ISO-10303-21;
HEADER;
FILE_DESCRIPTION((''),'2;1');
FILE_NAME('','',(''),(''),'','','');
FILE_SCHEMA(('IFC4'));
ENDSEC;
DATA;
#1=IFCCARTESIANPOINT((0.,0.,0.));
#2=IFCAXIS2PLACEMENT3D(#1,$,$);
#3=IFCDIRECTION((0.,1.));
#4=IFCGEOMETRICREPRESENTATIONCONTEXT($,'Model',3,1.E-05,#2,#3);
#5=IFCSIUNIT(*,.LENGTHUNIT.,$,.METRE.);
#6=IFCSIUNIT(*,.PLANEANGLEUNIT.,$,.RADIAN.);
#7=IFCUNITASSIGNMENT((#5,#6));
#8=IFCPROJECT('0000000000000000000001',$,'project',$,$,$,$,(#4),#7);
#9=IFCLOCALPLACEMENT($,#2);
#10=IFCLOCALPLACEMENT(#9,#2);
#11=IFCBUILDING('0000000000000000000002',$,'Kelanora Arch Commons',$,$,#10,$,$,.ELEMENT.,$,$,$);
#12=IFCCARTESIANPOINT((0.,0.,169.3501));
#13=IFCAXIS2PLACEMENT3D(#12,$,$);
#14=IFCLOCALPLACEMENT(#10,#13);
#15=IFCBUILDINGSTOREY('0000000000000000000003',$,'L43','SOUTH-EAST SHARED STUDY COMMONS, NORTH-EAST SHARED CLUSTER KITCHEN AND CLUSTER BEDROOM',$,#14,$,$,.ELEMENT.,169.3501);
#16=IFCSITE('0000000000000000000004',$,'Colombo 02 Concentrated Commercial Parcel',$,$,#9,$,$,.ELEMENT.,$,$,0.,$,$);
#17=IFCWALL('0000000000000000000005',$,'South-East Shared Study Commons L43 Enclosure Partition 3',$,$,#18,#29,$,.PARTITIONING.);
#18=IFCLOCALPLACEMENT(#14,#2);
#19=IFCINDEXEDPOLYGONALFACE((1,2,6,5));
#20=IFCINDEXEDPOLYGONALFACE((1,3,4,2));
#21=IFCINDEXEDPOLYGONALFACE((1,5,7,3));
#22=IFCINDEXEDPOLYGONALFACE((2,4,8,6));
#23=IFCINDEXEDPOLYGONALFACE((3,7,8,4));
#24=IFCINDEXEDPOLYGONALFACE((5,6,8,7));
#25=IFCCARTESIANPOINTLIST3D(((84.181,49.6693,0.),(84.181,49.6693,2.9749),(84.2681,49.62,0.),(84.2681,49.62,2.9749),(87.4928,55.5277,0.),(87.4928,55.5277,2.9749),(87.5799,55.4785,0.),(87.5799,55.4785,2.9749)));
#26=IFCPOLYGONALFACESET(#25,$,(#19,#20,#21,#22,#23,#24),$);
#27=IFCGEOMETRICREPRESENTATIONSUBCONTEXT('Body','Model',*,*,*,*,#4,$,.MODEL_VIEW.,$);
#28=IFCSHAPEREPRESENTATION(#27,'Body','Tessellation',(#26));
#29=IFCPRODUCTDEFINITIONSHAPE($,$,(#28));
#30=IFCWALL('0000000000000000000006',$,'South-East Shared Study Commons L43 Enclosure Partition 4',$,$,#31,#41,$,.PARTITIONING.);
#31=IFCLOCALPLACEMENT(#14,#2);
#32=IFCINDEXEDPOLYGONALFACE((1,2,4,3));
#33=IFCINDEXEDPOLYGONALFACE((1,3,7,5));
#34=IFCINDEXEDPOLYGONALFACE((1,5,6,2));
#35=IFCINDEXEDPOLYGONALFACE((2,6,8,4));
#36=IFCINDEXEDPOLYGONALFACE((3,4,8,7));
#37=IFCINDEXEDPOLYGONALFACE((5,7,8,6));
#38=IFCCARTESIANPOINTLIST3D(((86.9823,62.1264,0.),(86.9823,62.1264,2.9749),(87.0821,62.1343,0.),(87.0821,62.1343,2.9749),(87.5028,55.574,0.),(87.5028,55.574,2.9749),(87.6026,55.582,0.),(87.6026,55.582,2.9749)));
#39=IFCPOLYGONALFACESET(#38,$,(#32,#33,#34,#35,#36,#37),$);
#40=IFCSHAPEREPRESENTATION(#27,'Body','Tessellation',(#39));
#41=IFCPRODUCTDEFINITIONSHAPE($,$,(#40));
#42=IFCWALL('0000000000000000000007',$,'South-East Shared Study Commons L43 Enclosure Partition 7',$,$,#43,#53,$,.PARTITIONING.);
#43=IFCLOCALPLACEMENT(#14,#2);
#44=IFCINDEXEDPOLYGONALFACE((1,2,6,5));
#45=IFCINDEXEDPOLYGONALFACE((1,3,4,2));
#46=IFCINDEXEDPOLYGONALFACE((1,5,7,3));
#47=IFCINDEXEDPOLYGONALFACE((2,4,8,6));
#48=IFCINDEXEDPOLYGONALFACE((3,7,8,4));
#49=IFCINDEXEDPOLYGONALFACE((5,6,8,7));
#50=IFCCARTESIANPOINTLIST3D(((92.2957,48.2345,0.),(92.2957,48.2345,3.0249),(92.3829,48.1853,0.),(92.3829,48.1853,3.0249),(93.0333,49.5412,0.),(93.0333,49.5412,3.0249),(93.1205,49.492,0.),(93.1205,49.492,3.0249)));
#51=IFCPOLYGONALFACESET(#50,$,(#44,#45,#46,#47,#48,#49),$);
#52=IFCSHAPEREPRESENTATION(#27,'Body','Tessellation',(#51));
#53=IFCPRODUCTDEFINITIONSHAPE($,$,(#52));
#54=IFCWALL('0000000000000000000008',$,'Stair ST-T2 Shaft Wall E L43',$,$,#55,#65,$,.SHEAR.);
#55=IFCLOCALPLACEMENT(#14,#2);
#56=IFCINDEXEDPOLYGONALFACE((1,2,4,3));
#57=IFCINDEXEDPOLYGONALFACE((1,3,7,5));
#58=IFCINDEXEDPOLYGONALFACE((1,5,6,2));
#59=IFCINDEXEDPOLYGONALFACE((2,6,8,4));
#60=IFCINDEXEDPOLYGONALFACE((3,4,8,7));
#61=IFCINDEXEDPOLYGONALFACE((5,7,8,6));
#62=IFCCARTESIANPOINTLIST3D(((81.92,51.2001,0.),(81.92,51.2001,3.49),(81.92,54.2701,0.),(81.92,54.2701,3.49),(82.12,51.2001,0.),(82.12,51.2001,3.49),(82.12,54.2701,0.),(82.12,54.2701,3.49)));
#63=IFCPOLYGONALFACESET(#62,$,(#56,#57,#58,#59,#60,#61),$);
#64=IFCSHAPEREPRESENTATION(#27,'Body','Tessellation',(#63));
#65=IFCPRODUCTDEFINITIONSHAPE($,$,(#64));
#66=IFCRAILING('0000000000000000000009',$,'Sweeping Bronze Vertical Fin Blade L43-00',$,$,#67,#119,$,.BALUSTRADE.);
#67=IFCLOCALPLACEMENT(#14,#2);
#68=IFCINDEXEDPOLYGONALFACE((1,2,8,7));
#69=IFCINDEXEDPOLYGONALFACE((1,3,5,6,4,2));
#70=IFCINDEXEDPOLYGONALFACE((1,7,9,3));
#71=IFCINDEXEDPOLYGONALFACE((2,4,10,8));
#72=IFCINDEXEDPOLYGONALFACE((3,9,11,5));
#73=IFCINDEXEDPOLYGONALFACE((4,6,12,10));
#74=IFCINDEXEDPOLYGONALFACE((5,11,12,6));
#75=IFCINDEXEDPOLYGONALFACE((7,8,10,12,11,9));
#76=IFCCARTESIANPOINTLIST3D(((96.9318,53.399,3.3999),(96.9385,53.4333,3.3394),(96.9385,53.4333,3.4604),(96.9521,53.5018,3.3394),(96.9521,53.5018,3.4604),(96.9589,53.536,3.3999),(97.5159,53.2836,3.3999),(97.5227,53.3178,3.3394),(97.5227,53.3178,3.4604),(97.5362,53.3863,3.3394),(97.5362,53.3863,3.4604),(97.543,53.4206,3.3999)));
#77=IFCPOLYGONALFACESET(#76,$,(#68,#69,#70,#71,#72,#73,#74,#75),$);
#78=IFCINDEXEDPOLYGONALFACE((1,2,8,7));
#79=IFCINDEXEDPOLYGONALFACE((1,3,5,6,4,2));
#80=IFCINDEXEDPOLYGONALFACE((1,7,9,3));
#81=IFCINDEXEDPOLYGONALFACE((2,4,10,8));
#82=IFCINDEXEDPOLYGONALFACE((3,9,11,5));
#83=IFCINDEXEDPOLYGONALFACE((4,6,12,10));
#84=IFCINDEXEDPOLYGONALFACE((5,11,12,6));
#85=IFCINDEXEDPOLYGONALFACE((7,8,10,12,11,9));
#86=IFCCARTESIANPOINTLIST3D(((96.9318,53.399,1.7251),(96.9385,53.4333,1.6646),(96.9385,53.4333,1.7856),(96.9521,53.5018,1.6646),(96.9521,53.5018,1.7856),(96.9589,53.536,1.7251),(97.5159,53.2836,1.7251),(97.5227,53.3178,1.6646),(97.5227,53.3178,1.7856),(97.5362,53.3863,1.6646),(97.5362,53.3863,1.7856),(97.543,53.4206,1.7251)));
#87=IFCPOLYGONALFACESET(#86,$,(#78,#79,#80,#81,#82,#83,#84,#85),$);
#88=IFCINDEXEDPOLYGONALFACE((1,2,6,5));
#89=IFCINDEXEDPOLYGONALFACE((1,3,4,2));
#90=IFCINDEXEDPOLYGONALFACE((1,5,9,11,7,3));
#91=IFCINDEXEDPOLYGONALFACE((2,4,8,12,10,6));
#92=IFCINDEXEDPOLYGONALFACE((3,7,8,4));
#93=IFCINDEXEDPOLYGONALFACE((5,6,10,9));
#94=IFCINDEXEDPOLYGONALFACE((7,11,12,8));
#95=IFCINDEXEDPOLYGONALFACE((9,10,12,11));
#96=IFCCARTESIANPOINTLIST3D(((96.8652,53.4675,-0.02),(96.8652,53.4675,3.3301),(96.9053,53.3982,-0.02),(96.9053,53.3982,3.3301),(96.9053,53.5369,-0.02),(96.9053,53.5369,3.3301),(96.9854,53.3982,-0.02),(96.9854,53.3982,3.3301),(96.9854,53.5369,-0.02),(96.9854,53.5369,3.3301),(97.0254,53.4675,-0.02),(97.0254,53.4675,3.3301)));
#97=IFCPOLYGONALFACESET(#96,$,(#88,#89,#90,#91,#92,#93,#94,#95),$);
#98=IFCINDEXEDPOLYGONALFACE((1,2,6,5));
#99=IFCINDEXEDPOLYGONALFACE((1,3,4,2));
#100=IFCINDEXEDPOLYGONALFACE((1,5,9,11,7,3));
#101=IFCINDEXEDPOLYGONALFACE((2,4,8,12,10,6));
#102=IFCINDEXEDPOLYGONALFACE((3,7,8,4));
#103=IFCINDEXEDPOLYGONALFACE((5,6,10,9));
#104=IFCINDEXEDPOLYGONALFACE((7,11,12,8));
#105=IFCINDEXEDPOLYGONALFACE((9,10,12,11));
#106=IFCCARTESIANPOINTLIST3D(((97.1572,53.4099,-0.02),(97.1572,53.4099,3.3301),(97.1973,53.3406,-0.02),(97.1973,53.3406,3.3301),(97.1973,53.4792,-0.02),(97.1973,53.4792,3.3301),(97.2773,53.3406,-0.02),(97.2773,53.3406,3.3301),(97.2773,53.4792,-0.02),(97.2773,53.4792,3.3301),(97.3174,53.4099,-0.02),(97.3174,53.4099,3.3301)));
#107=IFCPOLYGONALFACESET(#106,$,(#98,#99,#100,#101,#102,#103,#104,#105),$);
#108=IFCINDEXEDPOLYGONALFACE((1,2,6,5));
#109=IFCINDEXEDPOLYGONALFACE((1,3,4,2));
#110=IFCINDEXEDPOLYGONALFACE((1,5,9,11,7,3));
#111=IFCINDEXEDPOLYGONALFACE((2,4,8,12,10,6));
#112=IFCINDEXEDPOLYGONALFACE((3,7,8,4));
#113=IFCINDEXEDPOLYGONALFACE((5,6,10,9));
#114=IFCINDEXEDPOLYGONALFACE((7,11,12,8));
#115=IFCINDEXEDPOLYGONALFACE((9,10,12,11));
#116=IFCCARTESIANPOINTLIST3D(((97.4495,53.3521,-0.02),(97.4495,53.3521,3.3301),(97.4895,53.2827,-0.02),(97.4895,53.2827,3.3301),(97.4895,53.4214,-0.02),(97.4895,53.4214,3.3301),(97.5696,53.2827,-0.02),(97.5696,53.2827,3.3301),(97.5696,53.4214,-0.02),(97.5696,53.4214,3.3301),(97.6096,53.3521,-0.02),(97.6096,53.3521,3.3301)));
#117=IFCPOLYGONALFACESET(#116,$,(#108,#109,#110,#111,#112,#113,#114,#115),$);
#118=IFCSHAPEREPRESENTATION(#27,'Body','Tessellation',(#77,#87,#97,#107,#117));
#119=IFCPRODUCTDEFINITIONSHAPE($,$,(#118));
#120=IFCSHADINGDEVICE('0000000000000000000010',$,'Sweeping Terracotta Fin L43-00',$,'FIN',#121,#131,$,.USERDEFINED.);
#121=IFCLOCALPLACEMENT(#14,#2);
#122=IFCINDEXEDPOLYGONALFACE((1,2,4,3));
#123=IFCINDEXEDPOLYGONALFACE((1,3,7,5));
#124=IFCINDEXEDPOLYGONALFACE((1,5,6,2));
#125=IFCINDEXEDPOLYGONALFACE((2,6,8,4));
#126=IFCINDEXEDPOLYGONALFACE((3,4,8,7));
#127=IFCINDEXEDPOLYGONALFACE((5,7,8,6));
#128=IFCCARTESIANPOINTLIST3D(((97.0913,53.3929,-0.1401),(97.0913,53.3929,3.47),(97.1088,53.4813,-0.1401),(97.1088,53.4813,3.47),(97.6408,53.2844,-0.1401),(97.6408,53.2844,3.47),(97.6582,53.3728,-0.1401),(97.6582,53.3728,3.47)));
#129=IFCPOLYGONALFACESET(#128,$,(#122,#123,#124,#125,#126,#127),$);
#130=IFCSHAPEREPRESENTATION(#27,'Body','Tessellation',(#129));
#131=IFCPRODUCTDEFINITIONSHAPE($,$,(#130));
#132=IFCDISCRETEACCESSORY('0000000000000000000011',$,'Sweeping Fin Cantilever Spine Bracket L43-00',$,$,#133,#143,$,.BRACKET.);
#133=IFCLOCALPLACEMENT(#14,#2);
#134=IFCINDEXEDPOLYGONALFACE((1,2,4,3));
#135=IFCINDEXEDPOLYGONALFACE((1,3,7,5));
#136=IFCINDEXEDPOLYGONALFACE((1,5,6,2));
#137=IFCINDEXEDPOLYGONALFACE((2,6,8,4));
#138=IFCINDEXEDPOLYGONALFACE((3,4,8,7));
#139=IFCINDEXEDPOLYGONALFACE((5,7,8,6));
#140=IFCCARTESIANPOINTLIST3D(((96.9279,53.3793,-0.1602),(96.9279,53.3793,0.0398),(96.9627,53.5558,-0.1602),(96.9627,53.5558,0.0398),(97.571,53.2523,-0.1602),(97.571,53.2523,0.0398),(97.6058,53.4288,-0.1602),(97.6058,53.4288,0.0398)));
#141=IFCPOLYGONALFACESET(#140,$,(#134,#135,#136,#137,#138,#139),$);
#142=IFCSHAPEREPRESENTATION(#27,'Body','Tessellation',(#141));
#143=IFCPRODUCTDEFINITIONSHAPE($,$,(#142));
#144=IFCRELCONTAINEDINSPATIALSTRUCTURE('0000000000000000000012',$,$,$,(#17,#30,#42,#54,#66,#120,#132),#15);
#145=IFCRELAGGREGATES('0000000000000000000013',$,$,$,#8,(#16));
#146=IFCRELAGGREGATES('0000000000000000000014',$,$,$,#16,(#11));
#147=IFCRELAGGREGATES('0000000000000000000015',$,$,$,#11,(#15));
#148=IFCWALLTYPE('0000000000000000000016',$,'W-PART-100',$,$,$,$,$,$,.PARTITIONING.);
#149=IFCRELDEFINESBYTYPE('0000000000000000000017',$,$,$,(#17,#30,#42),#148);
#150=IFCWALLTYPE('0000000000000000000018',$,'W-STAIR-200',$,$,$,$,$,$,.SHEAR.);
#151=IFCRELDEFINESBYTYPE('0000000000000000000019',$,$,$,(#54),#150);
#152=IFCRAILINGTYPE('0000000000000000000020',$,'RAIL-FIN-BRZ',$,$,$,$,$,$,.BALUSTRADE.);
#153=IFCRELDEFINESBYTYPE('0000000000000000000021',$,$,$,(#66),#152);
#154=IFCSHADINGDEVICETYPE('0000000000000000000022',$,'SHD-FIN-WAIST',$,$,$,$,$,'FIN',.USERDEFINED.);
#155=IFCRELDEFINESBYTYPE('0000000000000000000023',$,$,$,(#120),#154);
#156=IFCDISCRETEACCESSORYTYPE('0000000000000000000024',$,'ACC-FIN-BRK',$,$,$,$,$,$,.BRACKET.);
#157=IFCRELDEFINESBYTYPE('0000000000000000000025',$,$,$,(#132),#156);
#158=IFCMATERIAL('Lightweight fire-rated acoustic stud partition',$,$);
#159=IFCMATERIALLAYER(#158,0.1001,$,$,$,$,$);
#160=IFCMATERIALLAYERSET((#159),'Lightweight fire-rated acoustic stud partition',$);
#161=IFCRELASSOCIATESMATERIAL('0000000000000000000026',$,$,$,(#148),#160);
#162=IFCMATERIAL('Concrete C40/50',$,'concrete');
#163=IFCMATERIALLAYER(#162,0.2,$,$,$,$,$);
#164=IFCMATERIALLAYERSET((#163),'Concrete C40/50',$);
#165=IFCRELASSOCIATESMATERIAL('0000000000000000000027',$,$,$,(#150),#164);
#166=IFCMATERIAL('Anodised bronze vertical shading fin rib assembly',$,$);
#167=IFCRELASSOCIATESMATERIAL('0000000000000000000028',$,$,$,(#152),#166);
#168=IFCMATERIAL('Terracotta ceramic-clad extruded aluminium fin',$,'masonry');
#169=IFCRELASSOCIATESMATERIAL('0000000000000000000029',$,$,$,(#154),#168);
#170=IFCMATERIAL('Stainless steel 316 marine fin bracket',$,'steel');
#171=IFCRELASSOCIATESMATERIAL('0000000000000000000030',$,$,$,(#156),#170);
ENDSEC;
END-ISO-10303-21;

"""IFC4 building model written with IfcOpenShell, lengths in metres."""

from ifc_helpers import new_model, si_unit, direction, frame, frame_2d, origin, origin_2d, place, context, subcontext, project, spatial, polyline, rectangle, outline, extrude, source, transform, mapped, material, layer, layer_set, type_object, element, save


model = new_model("IFC4")

# Units and contexts
model_context = context("Model", 3, precision=1e-05, world=origin(), true_north=direction((0.0, 1.0)))
body_context = subcontext(model_context, "Body", "Model", "MODEL_VIEW")
ifc_project = project(units=[si_unit("LENGTHUNIT", "METRE"), si_unit("PLANEANGLEUNIT", "RADIAN")], contexts=[model_context])

# Site, building, storey
site_placement = place(None, origin())
site = spatial("IfcSite", under=ifc_project, at=site_placement, Name="Colombo 02 Concentrated Commercial Parcel", CompositionType="ELEMENT", RefElevation=0.0)
building_placement = place(site_placement, origin())
building = spatial("IfcBuilding", under=site, at=building_placement, Name="Kelanora Arch Commons", CompositionType="ELEMENT")
storey_placement = place(building_placement, frame((0.0, 0.0, 169.3501)))
storey = spatial("IfcBuildingStorey", under=building, at=storey_placement, Name="L43", Description="SOUTH-EAST SHARED STUDY COMMONS, NORTH-EAST SHARED CLUSTER KITCHEN AND CLUSTER BEDROOM", CompositionType="ELEMENT", Elevation=169.3501)

# Walls
ifc_material_1 = material(Name="Lightweight fire-rated acoustic stud partition")
ifc_layer_1 = layer(ifc_material_1, 0.1001)
ifc_layer_set_1 = layer_set([ifc_layer_1], Name="Lightweight fire-rated acoustic stud partition")
wall_type_1 = type_object("IfcWallType", Name="W-PART-100", PredefinedType="PARTITIONING", material=ifc_layer_set_1)
wall_1_placement = place(storey_placement, frame((84.2246, 49.6448, 0.0), z_axis=(0.0, 0.0, 1.0), x_axis=(0.492113, 0.870531, 0.0)))
element("IfcWall", 1, at=wall_1_placement, inside=storey, type_object=wall_type_1, Name="South-East Shared Study Commons L43 Enclosure Partition 3", PredefinedType="PARTITIONING", context=body_context, shape_type="SweptSolid", body=[
    extrude(rectangle(XDim=6.7297, YDim=0.1001, at=frame_2d((3.3647, 0.0))), origin(), (0.0, 0.0, 1.0), 2.9749),
])
wall_2_placement = place(storey_placement, frame((87.5527, 55.5779, 0.0), z_axis=(0.0, 0.0, 1.0), x_axis=(-0.07919, 0.99686, 0.0)))
element("IfcWall", 2, at=wall_2_placement, inside=storey, type_object=wall_type_1, Name="South-East Shared Study Commons L43 Enclosure Partition 4", PredefinedType="PARTITIONING", context=body_context, shape_type="SweptSolid", body=[
    extrude(rectangle(XDim=6.573, YDim=0.1001, at=frame_2d((3.2866, 0.0))), origin(), (0.0, 0.0, 1.0), 2.9749),
])
wall_3_placement = place(storey_placement, frame((93.0769, 49.5166, 0.0), z_axis=(0.0, 0.0, 1.0), x_axis=(-0.491559, -0.870845, 0.0)))
element("IfcWall", 3, at=wall_3_placement, inside=storey, type_object=wall_type_1, Name="South-East Shared Study Commons L43 Enclosure Partition 7", PredefinedType="PARTITIONING", context=body_context, shape_type="SweptSolid", body=[
    extrude(rectangle(XDim=1.5005, YDim=0.1001, at=frame_2d((0.7502, 0.0))), origin(), (0.0, 0.0, 1.0), 3.0249),
])
ifc_material_2 = material(Name="Concrete C40/50", Category="concrete")
ifc_layer_2 = layer(ifc_material_2, 0.2)
ifc_layer_set_2 = layer_set([ifc_layer_2], Name="Concrete C40/50")
wall_type_2 = type_object("IfcWallType", Name="W-STAIR-200", PredefinedType="SHEAR", material=ifc_layer_set_2)
wall_4_placement = place(storey_placement, frame((82.02, 51.2, 0.0), z_axis=(0.0, 0.0, 1.0), x_axis=(0.0, 1.0, 0.0)))
element("IfcWall", 4, at=wall_4_placement, inside=storey, type_object=wall_type_2, Name="Stair ST-T2 Shaft Wall E L43", PredefinedType="SHEAR", context=body_context, shape_type="SweptSolid", body=[
    extrude(rectangle(XDim=3.0701, YDim=0.2, at=frame_2d((1.5352, 0.0))), origin(), (0.0, 0.0, 1.0), 3.49),
])

# Railing
ifc_material_3 = material(Name="Anodised bronze vertical shading fin rib assembly")
railing_type = type_object("IfcRailingType", Name="RAIL-FIN-BRZ", PredefinedType="BALUSTRADE", material=ifc_material_3)
railing_placement = place(storey_placement, frame((96.9453, 53.4675, -0.02)))
element("IfcRailing", 5, at=railing_placement, inside=storey, type_object=railing_type, Name="Sweeping Bronze Vertical Fin Blade L43-00", PredefinedType="BALUSTRADE", context=body_context, shape_type="SweptSolid", body=[
    extrude(outline(polyline([(0.0698, 0.0), (0.0349, 0.0605), (-0.0349, 0.0605), (-0.0698, 0.0), (-0.0349, -0.0605), (0.0349, -0.0605), (0.0698, 0.0)])), frame((0.0, 0.0, 3.4199), z_axis=(0.98102, -0.193908, 0.0), x_axis=(0.193908, 0.98102, 0.0)), (0.0, 0.0, 1.0), 0.5955),
    extrude(outline(polyline([(0.0698, 0.0), (0.0349, 0.0605), (-0.0349, 0.0605), (-0.0698, 0.0), (-0.0349, -0.0605), (0.0349, -0.0605), (0.0698, 0.0)])), frame((0.0, 0.0, 1.7451), z_axis=(0.98102, -0.193908, 0.0), x_axis=(0.193908, 0.98102, 0.0)), (0.0, 0.0, 1.0), 0.5955),
    extrude(outline(polyline([(0.0801, 0.0), (0.04, 0.0693), (-0.04, 0.0693), (-0.0801, 0.0), (-0.04, -0.0693), (0.04, -0.0693), (0.0801, 0.0)])), origin(), (0.0, 0.0, 1.0), 3.3501),
    extrude(outline(polyline([(0.0801, 0.0), (0.04, 0.0693), (-0.04, 0.0693), (-0.0801, 0.0), (-0.04, -0.0693), (0.04, -0.0693), (0.0801, 0.0)])), frame((0.292, -0.0576, 0.0)), (0.0, 0.0, 1.0), 3.3501),
    extrude(outline(polyline([(0.0801, 0.0), (0.04, 0.0693), (-0.04, 0.0693), (-0.0801, 0.0), (-0.04, -0.0693), (0.04, -0.0693), (0.0801, 0.0)])), frame((0.5842, -0.1155, 0.0)), (0.0, 0.0, 1.0), 3.3501),
])

# Shading device
ifc_material_4 = material(Name="Terracotta ceramic-clad extruded aluminium fin", Category="masonry")
shading_device_type = type_object("IfcShadingDeviceType", Name="SHD-FIN-WAIST", ElementType="FIN", PredefinedType="USERDEFINED", material=ifc_material_4)
shared_shape_1 = source(origin(), body_context, "Body", "SweptSolid", [
    extrude(rectangle(XDim=0.5601, YDim=0.0901, at=origin_2d()), origin(), (0.0, 0.0, 1.0), 3.6101),
])
shading_device_placement = place(storey_placement, frame((97.3748, 53.3828, -0.1401), z_axis=(0.0, 0.0, 1.0), x_axis=(0.981057, -0.193721, 0.0)))
element("IfcShadingDevice", 6, at=shading_device_placement, inside=storey, type_object=shading_device_type, Name="Sweeping Terracotta Fin L43-00", ObjectType="FIN", PredefinedType="USERDEFINED", context=body_context, shape_type="MappedRepresentation", body=[
    mapped(shared_shape_1, transform((0.0, 0.0, 0.0), scale=1.0)),
])

# Discrete accessory
ifc_material_5 = material(Name="Stainless steel 316 marine fin bracket", Category="steel")
discrete_accessory_type = type_object("IfcDiscreteAccessoryType", Name="ACC-FIN-BRK", PredefinedType="BRACKET", material=ifc_material_5)
shared_shape_2 = source(origin(), body_context, "Body", "SweptSolid", [
    extrude(rectangle(XDim=0.6555, YDim=0.1799, at=origin_2d()), origin(), (0.0, 0.0, 1.0), 0.2),
])
discrete_accessory_placement = place(storey_placement, frame((97.2668, 53.4041, -0.1602), z_axis=(0.0, 0.0, 1.0), x_axis=(0.981057, -0.193721, 0.0)))
element("IfcDiscreteAccessory", 7, at=discrete_accessory_placement, inside=storey, type_object=discrete_accessory_type, Name="Sweeping Fin Cantilever Spine Bracket L43-00", PredefinedType="BRACKET", context=body_context, shape_type="MappedRepresentation", body=[
    mapped(shared_shape_2, transform((0.0, 0.0, 0.0), scale=1.0)),
])

save(model, "model.ifc")
